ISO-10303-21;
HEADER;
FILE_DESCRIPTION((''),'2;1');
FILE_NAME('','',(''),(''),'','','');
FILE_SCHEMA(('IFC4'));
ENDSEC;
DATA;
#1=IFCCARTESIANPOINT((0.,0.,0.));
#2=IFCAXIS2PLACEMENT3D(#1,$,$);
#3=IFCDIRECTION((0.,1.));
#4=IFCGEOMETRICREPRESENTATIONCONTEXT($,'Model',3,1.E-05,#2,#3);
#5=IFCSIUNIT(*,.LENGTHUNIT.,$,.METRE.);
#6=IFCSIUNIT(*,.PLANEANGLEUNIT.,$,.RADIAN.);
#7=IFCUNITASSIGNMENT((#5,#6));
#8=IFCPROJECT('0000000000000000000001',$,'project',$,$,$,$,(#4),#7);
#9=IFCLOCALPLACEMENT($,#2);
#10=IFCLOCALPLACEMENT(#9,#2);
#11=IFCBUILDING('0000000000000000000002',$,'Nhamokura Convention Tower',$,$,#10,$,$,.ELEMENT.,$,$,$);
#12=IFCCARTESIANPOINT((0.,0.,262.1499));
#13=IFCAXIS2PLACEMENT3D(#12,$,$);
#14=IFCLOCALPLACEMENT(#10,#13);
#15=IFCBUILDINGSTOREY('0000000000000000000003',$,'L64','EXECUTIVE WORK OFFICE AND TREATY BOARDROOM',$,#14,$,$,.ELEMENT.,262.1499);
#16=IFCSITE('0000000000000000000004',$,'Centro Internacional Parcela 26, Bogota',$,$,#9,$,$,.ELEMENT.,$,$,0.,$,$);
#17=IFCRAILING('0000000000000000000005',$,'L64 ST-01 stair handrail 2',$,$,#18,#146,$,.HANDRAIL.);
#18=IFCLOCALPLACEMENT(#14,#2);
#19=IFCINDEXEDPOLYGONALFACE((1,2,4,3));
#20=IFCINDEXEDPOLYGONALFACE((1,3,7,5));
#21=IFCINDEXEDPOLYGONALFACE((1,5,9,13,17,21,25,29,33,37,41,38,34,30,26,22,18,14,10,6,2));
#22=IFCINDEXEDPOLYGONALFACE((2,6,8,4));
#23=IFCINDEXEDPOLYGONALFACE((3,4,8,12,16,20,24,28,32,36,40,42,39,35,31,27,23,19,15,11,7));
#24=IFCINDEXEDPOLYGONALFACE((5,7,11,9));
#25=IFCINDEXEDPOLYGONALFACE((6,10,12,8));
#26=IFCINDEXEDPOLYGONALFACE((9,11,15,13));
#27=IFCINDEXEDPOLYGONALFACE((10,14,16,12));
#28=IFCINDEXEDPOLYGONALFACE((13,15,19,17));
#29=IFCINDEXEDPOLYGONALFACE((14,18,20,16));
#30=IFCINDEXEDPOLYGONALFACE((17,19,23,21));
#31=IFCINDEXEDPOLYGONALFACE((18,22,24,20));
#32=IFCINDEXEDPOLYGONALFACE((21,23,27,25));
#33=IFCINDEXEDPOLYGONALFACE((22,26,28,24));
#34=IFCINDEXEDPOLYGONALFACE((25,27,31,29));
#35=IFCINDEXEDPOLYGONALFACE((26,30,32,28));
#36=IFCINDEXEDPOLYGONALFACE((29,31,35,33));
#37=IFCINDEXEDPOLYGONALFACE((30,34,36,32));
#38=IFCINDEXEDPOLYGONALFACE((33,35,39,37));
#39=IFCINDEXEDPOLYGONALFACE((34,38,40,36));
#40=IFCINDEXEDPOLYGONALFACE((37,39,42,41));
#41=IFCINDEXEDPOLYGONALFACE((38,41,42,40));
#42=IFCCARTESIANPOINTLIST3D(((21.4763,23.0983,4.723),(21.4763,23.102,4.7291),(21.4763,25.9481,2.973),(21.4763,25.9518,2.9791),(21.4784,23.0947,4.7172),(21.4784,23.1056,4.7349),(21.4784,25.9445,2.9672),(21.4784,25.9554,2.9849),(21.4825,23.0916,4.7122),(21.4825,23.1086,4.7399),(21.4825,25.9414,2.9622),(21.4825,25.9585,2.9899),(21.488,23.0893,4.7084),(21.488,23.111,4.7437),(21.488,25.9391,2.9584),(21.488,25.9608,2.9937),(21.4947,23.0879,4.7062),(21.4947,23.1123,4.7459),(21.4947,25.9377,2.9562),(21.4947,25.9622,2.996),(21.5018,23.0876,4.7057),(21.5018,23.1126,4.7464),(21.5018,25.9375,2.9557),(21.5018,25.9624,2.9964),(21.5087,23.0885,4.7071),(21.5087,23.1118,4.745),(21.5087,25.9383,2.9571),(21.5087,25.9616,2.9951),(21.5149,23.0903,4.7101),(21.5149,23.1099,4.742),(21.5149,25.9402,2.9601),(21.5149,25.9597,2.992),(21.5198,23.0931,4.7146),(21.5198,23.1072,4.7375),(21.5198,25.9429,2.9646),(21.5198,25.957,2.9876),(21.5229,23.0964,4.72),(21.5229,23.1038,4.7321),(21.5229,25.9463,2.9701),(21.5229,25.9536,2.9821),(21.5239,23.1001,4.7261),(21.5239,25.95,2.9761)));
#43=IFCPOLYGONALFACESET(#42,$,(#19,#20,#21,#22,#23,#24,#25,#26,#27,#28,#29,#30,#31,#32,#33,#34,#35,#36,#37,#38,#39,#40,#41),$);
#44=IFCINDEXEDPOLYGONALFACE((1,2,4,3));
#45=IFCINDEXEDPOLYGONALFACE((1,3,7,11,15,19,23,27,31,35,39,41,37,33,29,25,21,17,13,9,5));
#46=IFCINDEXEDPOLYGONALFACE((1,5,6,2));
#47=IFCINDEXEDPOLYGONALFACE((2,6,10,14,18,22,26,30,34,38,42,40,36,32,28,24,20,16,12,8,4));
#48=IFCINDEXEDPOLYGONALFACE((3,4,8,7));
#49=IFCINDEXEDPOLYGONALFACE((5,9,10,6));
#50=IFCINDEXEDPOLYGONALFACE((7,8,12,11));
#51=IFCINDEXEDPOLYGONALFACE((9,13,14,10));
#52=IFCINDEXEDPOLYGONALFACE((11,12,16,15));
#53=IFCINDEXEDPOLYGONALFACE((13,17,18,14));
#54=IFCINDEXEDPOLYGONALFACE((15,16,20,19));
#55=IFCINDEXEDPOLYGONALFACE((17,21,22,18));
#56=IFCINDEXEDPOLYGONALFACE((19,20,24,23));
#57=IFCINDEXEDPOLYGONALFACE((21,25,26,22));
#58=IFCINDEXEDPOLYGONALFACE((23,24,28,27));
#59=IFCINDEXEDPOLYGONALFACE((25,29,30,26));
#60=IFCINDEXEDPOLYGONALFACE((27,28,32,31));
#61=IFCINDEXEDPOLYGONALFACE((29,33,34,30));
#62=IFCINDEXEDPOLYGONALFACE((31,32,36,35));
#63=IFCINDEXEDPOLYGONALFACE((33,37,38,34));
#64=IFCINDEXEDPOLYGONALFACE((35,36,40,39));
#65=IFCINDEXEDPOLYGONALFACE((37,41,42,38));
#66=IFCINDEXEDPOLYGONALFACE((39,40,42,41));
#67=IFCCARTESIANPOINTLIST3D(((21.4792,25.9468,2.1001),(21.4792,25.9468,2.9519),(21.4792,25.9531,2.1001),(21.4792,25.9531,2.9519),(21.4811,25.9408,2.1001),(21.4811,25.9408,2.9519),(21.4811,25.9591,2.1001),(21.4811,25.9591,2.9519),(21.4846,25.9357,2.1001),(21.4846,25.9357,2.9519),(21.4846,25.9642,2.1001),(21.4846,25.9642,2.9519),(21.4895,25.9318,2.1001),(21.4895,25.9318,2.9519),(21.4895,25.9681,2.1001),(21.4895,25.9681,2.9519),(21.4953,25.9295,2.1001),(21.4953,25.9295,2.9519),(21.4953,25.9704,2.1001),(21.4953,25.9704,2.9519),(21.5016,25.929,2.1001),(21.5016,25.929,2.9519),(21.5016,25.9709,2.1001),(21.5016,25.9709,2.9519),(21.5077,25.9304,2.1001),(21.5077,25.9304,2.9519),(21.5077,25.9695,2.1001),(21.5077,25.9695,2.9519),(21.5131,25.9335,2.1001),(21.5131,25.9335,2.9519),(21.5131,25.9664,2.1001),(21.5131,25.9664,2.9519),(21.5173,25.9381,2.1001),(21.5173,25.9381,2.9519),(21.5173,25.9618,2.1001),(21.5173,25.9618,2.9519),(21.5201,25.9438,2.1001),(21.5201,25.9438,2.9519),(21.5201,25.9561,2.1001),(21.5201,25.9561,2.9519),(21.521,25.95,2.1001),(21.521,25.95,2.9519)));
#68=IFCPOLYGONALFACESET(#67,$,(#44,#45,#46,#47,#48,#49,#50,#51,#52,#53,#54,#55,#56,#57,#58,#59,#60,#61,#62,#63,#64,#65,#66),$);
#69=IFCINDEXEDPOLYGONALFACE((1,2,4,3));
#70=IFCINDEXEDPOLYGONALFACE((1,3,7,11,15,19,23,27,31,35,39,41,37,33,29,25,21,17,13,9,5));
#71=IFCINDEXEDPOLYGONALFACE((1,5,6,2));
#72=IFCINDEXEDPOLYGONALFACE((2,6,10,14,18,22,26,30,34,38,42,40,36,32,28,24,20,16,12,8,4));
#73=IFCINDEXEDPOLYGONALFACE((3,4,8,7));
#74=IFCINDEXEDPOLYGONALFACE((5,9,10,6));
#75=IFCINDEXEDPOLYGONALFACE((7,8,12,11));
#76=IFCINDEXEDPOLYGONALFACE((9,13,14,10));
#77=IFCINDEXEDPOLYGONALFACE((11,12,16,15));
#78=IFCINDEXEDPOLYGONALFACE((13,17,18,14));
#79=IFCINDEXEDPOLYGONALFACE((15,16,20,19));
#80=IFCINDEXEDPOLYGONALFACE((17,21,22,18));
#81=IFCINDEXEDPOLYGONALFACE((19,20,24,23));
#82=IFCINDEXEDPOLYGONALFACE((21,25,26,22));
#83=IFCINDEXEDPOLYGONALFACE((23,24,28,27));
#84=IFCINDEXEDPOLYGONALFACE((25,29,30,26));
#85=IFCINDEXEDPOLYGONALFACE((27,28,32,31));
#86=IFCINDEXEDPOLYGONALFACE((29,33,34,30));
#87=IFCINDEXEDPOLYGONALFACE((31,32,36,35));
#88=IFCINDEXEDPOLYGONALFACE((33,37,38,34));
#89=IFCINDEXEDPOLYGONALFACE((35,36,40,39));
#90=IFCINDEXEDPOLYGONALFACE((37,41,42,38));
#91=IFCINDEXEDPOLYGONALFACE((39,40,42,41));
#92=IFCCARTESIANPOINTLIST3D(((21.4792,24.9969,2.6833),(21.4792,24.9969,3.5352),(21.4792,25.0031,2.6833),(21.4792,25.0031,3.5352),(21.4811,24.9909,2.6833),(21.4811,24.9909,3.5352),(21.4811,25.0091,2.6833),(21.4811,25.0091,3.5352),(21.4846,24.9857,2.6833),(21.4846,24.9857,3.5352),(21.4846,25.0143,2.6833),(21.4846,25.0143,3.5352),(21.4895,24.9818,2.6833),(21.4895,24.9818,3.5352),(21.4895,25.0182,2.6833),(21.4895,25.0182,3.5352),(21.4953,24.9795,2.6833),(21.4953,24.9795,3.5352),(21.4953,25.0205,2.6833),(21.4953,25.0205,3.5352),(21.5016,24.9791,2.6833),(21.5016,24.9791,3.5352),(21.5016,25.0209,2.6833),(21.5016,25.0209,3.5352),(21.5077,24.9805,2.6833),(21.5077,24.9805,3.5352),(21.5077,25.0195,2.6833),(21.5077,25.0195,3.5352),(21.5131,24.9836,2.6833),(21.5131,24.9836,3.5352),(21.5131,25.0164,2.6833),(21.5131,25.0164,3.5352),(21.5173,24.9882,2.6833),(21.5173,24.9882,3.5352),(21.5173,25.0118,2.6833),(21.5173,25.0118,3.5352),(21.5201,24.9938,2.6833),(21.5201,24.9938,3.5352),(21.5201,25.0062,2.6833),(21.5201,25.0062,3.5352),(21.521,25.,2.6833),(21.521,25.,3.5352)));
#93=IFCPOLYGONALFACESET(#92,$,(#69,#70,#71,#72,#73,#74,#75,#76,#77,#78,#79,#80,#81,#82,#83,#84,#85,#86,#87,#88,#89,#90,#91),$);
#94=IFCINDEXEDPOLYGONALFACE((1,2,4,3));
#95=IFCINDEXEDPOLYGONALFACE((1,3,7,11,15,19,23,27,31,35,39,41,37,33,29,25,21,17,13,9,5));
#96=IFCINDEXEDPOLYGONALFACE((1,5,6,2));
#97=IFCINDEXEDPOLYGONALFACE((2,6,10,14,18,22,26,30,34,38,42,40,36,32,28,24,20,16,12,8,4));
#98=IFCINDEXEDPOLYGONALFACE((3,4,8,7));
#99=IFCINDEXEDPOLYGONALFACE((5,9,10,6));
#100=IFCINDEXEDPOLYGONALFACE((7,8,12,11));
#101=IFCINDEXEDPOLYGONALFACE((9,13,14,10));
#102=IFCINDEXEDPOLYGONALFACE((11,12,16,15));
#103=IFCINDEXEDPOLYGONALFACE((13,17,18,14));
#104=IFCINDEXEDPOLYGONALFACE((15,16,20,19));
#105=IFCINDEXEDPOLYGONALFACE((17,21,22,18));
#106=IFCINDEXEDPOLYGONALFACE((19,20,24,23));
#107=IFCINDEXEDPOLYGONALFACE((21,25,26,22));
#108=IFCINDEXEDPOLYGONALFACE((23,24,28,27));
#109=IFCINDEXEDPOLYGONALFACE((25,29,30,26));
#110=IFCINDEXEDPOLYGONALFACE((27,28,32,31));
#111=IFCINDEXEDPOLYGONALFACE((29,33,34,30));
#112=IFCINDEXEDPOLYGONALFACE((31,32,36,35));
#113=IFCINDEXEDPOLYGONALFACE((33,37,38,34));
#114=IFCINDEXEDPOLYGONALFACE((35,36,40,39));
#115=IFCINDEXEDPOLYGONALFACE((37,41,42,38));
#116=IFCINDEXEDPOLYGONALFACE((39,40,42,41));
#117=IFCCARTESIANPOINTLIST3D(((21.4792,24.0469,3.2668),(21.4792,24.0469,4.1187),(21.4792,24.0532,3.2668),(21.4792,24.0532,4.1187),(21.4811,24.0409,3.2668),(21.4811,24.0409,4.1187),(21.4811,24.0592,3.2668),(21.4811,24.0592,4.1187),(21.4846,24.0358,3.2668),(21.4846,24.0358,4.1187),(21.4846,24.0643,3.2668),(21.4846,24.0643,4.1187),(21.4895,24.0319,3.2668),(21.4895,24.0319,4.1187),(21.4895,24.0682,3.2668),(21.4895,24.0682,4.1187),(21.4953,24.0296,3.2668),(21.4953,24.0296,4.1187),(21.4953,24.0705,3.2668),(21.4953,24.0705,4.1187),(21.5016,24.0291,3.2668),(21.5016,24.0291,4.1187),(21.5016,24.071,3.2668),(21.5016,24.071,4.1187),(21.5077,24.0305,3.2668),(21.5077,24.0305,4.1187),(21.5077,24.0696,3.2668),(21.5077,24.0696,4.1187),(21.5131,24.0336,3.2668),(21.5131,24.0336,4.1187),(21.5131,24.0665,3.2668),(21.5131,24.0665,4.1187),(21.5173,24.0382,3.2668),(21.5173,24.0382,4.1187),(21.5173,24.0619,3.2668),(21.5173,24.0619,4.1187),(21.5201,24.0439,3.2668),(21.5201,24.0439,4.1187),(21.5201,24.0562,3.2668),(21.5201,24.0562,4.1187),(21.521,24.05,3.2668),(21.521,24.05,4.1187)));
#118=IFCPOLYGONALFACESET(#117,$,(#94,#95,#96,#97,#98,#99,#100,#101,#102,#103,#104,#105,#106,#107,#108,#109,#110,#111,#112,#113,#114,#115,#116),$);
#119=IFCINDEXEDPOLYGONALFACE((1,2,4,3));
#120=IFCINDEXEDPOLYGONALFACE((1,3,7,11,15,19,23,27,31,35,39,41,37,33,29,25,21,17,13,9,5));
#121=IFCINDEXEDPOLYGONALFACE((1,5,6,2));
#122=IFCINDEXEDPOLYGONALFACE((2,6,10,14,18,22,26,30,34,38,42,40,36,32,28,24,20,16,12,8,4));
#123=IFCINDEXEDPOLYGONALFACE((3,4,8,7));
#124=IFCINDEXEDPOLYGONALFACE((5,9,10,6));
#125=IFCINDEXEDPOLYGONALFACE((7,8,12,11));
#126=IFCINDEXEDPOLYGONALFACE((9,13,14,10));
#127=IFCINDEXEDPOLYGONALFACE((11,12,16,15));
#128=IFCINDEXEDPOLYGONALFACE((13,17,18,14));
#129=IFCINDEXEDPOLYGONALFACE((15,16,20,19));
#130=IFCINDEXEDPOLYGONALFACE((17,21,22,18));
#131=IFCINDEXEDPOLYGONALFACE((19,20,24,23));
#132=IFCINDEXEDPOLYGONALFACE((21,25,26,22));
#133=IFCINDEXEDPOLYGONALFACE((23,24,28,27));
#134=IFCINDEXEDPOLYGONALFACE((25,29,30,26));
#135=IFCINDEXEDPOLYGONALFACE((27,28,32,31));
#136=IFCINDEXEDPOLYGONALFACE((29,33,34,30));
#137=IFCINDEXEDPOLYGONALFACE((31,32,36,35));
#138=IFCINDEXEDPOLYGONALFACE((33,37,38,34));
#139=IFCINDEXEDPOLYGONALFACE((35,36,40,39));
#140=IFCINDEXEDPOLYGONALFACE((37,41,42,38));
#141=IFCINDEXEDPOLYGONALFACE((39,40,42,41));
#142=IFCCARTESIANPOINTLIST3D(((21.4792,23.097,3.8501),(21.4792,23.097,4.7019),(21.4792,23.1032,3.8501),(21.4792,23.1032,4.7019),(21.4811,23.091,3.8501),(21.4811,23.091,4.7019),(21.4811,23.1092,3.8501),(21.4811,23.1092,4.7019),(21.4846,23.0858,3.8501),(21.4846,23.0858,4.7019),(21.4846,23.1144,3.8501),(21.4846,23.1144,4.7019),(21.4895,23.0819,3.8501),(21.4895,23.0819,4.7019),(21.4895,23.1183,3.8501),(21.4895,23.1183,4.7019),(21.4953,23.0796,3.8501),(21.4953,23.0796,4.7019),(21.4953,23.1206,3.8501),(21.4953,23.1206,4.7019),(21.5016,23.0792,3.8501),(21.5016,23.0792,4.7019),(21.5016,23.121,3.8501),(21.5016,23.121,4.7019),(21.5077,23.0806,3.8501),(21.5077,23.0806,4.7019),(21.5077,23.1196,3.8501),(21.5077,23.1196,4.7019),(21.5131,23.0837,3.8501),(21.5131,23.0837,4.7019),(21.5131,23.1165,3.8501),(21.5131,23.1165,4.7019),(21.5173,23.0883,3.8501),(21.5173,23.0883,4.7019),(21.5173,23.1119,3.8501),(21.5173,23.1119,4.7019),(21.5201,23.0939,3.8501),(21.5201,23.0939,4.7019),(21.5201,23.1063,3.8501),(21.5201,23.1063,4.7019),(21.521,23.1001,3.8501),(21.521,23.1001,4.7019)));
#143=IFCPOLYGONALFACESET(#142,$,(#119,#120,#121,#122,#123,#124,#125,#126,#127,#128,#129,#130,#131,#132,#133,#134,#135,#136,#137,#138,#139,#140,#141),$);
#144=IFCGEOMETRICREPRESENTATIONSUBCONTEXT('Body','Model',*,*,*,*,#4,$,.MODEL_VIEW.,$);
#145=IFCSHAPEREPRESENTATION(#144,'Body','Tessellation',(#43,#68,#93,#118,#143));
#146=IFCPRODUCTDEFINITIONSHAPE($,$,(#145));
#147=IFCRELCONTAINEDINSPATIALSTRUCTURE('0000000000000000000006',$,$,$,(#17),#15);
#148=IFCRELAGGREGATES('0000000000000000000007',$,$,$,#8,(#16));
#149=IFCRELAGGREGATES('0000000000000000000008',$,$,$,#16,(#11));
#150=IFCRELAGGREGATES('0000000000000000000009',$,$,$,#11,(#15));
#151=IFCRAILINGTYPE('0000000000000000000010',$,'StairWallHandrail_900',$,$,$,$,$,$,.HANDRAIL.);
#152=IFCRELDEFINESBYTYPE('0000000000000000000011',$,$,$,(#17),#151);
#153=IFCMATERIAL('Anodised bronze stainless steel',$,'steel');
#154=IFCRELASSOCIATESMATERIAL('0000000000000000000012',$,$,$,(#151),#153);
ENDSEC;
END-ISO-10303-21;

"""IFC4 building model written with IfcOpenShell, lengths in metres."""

from ifc_helpers import new_model, si_unit, direction, frame, origin, origin_2d, place, context, subcontext, project, spatial, circle, extrude, material, type_object, element, save


model = new_model("IFC4")

# Units and contexts
model_context = context("Model", 3, precision=1e-05, world=origin(), true_north=direction((0.0, 1.0)))
body_context = subcontext(model_context, "Body", "Model", "MODEL_VIEW")
ifc_project = project(units=[si_unit("LENGTHUNIT", "METRE"), si_unit("PLANEANGLEUNIT", "RADIAN")], contexts=[model_context])

# Site, building, storey
site_placement = place(None, origin())
site = spatial("IfcSite", under=ifc_project, at=site_placement, Name="Centro Internacional Parcela 26, Bogota", CompositionType="ELEMENT", RefElevation=0.0)
building_placement = place(site_placement, origin())
building = spatial("IfcBuilding", under=site, at=building_placement, Name="Nhamokura Convention Tower", CompositionType="ELEMENT")
storey_placement = place(building_placement, frame((0.0, 0.0, 262.1499)))
storey = spatial("IfcBuildingStorey", under=building, at=storey_placement, Name="L64", Description="EXECUTIVE WORK OFFICE AND TREATY BOARDROOM", CompositionType="ELEMENT", Elevation=262.1499)

# Railing
ifc_material_1 = material(Name="Anodised bronze stainless steel", Category="steel")
railing_type_1 = type_object("IfcRailingType", Name="StairWallHandrail_900", PredefinedType="HANDRAIL", material=ifc_material_1)
railing_1_placement = place(storey_placement, frame((21.5, 25.95, 2.1001)))
element("IfcRailing", 1, at=railing_1_placement, inside=storey, type_object=railing_type_1, Name="L64 ST-01 stair handrail 2", PredefinedType="HANDRAIL", context=body_context, shape_type="SweptSolid", body=[
    extrude(circle(Radius=0.0239, at=origin_2d()), frame((0.0, 0.0, 0.876), z_axis=(0.0, -0.852159, 0.523283), x_axis=(1.0, 0.0, 0.0)), (0.0, 0.0, 1.0), 3.3442),
    extrude(circle(Radius=0.021, at=origin_2d()), origin(), (0.0, 0.0, 1.0), 0.8518),
    extrude(circle(Radius=0.021, at=origin_2d()), frame((0.0, -0.95, 0.5833)), (0.0, 0.0, 1.0), 0.8518),
    extrude(circle(Radius=0.021, at=origin_2d()), frame((0.0, -1.8999, 1.1667)), (0.0, 0.0, 1.0), 0.8518),
    extrude(circle(Radius=0.021, at=origin_2d()), frame((0.0, -2.8499, 1.75)), (0.0, 0.0, 1.0), 0.8518),
])

save(model, "model.ifc")
